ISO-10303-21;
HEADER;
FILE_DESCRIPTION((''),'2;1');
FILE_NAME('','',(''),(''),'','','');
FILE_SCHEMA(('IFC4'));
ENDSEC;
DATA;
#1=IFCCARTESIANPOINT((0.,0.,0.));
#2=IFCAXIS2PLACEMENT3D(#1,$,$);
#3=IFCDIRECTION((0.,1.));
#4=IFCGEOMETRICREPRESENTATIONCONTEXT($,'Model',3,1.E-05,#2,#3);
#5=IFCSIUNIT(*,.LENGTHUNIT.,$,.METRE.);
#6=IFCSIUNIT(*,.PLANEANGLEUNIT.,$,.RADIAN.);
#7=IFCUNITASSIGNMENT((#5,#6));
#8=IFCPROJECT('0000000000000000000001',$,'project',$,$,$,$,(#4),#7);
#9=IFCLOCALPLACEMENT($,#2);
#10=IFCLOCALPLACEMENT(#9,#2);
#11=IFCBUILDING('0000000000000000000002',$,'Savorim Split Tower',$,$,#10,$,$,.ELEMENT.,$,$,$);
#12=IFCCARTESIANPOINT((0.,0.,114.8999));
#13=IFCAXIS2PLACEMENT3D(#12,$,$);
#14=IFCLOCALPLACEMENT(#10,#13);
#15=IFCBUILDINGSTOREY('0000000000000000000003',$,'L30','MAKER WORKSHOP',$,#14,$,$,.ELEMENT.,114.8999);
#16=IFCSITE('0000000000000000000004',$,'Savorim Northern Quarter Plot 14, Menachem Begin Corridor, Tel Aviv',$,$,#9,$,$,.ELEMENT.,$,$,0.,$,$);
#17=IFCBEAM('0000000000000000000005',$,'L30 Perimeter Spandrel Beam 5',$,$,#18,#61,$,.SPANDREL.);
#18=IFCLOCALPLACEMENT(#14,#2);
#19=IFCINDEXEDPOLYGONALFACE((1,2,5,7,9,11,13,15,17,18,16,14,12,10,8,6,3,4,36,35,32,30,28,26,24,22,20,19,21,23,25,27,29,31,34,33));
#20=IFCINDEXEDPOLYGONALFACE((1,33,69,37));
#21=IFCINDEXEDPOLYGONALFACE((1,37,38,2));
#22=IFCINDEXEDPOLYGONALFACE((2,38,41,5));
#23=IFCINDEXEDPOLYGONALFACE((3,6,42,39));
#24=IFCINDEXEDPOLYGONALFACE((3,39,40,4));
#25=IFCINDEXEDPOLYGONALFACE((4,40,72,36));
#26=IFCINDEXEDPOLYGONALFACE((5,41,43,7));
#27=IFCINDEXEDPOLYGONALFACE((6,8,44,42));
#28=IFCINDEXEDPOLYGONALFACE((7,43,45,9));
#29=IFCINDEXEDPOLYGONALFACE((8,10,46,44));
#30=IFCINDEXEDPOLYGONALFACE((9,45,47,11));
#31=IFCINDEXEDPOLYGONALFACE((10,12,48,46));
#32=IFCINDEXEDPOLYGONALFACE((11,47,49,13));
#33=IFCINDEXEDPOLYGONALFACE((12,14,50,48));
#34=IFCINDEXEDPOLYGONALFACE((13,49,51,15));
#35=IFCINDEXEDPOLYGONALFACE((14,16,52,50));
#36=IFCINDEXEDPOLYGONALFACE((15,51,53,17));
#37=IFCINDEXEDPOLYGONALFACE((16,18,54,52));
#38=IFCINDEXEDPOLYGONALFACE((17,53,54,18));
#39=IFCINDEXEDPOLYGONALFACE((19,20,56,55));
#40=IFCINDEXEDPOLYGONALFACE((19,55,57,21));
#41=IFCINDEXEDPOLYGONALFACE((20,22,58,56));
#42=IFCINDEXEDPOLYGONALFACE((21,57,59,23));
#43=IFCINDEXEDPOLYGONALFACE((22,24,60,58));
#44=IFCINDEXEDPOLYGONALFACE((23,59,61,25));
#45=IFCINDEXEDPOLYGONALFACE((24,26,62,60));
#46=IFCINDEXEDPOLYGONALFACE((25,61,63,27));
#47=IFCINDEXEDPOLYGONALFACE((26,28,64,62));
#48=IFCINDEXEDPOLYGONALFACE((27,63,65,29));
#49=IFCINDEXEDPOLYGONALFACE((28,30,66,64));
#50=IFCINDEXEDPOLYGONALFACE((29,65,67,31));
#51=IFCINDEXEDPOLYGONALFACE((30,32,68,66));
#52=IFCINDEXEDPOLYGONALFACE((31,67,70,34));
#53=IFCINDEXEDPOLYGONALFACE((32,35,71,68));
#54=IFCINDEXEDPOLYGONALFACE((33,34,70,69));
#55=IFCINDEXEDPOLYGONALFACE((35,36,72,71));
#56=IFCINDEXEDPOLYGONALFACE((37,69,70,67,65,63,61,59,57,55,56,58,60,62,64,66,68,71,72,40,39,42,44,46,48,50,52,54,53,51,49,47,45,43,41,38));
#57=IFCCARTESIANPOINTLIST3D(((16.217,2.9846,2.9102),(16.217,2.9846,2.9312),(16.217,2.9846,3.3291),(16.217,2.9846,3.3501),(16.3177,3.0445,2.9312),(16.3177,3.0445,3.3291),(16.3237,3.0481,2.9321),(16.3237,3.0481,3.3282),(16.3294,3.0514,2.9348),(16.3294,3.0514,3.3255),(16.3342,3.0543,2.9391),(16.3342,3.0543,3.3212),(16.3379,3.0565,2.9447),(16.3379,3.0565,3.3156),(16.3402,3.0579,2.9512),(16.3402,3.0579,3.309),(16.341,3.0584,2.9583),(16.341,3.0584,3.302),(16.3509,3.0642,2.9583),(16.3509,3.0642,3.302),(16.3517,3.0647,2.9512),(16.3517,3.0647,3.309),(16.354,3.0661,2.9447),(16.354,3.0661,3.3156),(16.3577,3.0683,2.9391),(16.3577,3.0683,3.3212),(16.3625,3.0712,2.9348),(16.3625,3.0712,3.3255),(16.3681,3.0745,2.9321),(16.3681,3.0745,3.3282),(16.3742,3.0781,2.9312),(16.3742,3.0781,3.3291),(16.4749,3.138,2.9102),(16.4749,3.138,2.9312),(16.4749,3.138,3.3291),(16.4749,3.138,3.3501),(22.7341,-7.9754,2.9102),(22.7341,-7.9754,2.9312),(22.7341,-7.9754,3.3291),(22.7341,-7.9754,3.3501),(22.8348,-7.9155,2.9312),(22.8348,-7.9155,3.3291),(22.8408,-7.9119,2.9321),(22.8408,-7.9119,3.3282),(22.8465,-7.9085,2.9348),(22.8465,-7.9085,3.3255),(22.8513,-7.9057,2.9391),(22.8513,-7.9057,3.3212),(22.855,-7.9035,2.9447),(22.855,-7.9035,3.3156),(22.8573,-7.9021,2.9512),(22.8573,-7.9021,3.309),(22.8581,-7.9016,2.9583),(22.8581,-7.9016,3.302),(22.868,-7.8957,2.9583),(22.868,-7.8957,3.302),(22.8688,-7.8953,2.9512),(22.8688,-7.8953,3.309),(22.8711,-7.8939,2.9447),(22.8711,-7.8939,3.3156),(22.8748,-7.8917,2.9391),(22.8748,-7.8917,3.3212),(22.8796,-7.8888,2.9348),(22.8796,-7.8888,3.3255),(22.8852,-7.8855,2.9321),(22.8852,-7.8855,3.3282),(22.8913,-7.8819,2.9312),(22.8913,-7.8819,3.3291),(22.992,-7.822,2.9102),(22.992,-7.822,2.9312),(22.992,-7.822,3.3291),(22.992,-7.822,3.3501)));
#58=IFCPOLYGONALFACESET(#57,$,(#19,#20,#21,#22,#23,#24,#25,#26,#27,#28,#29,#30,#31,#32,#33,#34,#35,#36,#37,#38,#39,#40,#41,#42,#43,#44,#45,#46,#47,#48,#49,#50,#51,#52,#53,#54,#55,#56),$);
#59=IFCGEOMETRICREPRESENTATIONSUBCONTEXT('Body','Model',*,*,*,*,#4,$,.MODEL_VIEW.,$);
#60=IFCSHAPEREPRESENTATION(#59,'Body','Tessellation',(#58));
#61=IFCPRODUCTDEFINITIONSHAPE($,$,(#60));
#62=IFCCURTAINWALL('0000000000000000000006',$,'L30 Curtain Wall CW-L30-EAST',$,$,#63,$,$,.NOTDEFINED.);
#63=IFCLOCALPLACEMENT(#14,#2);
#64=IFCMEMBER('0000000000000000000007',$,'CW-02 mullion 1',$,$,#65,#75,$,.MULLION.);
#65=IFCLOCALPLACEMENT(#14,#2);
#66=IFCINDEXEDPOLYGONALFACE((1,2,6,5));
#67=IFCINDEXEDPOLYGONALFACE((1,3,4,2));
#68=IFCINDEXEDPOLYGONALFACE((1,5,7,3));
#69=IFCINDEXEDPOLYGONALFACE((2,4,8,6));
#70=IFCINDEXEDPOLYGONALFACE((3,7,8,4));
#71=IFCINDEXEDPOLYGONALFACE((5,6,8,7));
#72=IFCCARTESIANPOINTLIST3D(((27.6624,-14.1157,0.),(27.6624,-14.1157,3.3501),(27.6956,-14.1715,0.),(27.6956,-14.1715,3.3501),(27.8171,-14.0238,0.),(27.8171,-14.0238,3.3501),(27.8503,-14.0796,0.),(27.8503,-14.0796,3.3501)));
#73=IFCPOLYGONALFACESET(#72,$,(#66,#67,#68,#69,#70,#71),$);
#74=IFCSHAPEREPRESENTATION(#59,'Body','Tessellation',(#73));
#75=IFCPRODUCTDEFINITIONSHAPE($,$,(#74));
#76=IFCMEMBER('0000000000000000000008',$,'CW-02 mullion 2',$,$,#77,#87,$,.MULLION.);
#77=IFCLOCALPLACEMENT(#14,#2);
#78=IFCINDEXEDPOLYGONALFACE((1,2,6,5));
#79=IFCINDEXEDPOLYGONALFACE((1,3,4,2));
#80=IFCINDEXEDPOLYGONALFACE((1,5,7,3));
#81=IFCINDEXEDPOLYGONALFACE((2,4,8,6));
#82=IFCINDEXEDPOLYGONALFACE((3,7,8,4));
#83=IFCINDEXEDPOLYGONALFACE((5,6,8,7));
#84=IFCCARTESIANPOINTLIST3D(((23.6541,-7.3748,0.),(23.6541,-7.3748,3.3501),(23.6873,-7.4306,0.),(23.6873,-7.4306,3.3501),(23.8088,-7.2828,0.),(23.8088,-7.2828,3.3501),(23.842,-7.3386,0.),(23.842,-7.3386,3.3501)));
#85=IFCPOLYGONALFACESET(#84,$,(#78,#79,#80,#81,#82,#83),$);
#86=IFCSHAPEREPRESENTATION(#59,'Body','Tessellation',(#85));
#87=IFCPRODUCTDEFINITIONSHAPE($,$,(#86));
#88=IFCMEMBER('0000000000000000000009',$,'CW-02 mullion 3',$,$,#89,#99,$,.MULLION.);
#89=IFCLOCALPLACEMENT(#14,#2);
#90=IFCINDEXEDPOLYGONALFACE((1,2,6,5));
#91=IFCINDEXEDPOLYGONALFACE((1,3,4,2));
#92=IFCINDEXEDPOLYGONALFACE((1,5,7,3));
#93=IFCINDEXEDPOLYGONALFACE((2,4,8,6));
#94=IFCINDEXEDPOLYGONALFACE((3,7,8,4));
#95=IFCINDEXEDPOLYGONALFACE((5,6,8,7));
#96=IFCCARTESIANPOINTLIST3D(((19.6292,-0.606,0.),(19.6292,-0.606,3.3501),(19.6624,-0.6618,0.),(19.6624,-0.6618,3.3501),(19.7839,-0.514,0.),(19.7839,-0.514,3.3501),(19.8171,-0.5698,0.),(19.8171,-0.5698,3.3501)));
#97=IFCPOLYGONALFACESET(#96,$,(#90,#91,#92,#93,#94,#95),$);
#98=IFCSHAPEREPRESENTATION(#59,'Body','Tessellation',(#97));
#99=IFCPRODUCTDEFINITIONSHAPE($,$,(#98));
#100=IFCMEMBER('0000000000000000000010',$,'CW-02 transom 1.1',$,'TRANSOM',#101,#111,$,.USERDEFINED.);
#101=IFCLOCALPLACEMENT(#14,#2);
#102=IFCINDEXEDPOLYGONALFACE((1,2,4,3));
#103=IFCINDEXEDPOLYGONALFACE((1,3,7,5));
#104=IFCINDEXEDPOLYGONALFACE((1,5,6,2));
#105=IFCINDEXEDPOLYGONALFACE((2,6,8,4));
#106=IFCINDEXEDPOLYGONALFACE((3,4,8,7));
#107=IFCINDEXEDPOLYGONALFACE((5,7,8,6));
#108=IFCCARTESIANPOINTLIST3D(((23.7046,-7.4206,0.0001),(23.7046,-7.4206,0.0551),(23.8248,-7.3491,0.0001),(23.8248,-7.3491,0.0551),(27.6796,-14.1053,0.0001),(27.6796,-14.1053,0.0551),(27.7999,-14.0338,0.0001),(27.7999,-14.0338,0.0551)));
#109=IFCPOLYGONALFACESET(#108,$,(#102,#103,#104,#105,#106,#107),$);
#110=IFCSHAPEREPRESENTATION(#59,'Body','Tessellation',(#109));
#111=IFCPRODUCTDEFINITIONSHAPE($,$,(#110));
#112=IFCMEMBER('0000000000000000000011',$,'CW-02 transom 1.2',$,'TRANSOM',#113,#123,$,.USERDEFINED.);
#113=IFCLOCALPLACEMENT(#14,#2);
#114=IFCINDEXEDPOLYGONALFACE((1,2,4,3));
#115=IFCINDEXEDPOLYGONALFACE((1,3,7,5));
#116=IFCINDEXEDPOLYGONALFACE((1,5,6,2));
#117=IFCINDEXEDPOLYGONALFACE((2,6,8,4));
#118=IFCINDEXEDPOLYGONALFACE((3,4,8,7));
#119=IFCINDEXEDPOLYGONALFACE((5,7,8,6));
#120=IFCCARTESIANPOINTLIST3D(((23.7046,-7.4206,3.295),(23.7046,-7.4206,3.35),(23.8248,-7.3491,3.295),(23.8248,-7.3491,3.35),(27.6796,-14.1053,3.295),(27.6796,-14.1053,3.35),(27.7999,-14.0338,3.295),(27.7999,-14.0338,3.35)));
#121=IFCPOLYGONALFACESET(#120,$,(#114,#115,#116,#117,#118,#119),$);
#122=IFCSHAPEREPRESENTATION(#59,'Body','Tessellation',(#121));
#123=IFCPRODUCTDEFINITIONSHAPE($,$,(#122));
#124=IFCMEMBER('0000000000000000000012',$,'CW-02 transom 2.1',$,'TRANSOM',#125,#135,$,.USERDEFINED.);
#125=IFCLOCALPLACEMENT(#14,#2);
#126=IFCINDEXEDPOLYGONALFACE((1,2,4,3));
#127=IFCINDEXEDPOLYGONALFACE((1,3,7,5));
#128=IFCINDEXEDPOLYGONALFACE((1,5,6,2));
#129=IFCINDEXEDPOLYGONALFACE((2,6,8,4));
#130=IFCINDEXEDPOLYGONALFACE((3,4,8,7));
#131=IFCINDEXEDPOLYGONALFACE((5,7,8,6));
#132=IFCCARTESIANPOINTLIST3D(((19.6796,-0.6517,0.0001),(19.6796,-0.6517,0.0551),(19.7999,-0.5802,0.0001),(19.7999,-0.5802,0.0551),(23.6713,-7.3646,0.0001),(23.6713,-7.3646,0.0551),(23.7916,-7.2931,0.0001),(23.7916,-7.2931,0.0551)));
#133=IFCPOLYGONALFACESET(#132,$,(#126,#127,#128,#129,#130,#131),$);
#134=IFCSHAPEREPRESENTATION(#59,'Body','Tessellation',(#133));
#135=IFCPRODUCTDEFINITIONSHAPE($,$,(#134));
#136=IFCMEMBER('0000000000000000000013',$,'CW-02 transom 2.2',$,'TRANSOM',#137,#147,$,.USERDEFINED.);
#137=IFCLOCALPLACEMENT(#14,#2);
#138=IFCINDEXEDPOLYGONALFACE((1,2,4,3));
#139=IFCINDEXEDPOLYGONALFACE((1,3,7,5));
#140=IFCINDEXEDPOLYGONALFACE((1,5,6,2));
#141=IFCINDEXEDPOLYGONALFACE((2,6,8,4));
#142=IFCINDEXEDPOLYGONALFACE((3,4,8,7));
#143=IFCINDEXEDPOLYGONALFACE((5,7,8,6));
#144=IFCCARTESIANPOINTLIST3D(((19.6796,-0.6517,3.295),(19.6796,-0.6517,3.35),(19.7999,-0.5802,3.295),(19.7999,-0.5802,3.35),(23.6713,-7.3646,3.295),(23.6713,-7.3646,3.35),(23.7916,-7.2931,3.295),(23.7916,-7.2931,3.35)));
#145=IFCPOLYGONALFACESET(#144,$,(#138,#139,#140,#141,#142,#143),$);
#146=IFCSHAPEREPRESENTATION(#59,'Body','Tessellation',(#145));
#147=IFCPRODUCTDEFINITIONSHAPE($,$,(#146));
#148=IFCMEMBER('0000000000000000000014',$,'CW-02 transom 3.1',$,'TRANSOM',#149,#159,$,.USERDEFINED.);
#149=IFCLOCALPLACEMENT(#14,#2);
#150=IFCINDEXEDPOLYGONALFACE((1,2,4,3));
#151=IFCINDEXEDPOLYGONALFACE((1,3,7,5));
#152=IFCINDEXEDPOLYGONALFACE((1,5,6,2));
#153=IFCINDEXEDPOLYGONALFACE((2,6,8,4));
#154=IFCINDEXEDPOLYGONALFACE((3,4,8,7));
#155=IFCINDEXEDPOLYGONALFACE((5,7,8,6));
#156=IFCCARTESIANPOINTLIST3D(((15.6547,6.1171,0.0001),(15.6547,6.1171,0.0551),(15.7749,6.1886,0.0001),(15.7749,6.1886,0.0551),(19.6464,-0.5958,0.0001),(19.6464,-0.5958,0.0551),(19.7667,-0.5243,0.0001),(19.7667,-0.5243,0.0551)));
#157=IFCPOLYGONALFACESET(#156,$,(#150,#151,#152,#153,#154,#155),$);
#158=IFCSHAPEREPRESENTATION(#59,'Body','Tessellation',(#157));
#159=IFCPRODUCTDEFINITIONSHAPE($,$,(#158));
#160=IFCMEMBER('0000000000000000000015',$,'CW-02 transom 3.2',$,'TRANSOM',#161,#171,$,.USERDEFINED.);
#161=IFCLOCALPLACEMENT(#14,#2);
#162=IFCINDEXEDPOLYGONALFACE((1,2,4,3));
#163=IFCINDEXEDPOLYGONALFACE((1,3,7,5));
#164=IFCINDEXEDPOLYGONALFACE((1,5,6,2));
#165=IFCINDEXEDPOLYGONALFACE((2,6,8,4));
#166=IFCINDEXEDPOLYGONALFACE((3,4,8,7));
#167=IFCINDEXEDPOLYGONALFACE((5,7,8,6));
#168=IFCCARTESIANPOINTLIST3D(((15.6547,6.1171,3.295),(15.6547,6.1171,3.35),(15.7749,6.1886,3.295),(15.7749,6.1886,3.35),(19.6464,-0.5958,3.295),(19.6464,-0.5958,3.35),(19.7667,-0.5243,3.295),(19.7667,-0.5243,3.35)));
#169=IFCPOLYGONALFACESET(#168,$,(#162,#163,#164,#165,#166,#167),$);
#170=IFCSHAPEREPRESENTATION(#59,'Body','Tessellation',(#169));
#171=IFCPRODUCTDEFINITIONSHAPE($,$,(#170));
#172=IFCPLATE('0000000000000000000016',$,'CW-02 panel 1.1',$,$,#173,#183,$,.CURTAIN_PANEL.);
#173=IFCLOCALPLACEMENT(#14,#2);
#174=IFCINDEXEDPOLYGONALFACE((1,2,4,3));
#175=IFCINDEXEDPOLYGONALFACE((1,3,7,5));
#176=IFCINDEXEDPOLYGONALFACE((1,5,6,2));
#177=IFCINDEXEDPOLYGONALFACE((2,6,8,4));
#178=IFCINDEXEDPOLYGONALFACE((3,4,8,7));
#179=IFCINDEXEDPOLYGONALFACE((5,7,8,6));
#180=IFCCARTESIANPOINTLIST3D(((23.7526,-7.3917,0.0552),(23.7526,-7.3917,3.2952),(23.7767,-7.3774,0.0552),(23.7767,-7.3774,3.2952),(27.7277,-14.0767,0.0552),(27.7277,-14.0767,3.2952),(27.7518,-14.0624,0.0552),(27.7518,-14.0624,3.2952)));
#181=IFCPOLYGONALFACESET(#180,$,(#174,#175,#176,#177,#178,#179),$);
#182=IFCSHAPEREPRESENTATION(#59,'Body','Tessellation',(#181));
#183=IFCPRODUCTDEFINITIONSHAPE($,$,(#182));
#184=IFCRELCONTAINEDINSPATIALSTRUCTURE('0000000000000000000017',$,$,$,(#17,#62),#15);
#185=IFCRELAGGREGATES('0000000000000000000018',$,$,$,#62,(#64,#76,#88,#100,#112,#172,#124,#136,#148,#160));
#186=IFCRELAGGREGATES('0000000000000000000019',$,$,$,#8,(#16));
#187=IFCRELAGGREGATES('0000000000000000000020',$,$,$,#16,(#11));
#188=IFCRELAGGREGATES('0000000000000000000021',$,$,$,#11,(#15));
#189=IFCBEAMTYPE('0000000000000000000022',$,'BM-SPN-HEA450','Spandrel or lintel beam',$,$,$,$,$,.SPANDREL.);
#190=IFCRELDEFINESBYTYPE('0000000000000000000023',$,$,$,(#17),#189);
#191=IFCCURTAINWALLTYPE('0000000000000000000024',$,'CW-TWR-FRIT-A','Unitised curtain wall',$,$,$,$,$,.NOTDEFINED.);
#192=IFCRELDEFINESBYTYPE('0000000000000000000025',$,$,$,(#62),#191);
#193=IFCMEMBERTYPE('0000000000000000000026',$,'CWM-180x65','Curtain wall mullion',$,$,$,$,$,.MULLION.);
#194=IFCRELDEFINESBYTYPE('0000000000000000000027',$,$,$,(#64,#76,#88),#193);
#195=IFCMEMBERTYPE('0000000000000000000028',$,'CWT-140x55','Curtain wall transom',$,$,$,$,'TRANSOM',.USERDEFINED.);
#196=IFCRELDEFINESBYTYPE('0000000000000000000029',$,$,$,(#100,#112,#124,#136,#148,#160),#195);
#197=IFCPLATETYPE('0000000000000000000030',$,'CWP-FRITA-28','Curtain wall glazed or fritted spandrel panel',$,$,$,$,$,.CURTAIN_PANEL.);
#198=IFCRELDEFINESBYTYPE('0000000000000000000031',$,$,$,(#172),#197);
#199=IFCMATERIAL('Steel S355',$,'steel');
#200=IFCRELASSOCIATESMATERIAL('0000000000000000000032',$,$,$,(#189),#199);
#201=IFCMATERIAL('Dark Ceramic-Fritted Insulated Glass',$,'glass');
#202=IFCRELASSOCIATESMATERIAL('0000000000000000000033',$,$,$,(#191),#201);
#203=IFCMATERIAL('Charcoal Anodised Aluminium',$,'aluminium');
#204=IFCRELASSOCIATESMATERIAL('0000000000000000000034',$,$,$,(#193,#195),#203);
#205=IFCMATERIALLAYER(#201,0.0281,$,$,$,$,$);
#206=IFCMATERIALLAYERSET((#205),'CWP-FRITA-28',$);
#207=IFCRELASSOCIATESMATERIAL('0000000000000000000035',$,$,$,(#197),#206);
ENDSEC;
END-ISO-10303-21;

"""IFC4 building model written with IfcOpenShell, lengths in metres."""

from ifc_helpers import new_model, si_unit, direction, frame, origin, origin_2d, place, context, subcontext, project, spatial, rectangle, i_section, extrude, material, layer, layer_set, material_profile, profile_set, type_object, element, aggregate, save


model = new_model("IFC4")

# Units and contexts
model_context = context("Model", 3, precision=1e-05, world=origin(), true_north=direction((0.0, 1.0)))
body_context = subcontext(model_context, "Body", "Model", "MODEL_VIEW")
ifc_project = project(units=[si_unit("LENGTHUNIT", "METRE"), si_unit("PLANEANGLEUNIT", "RADIAN")], contexts=[model_context])

# Site, building, storey
site_placement = place(None, origin())
site = spatial("IfcSite", under=ifc_project, at=site_placement, Name="Savorim Northern Quarter Plot 14, Menachem Begin Corridor, Tel Aviv", CompositionType="ELEMENT", RefElevation=0.0)
building_placement = place(site_placement, origin())
building = spatial("IfcBuilding", under=site, at=building_placement, Name="Savorim Split Tower", CompositionType="ELEMENT")
storey_placement = place(building_placement, frame((0.0, 0.0, 114.8999)))
storey = spatial("IfcBuildingStorey", under=building, at=storey_placement, Name="L30", Description="MAKER WORKSHOP", CompositionType="ELEMENT", Elevation=114.8999)

# Beam
ifc_material_1 = material(Name="Steel S355", Category="steel")
ifc_material_profile_1 = material_profile(ifc_material_1, i_section(OverallWidth=0.3, OverallDepth=0.4399, WebThickness=0.0115, FlangeThickness=0.021, FilletRadius=0.0271, at=origin_2d()), Name="HEA 450")
ifc_profile_set_1 = profile_set([ifc_material_profile_1], Name="Steel S355")
beam_type_1 = type_object("IfcBeamType", Name="BM-SPN-HEA450", Description="Spandrel or lintel beam", PredefinedType="SPANDREL", material=ifc_profile_set_1)
beam_1_placement = place(storey_placement, frame((22.863, -7.8987, 3.1301), z_axis=(-0.511096, 0.859524, 0.0), x_axis=(-0.859524, -0.511096, 0.0)))
element("IfcBeam", 1, at=beam_1_placement, inside=storey, type_object=beam_type_1, Name="L30 Perimeter Spandrel Beam 5", PredefinedType="SPANDREL", context=body_context, shape_type="SweptSolid", body=[
    extrude(i_section(OverallWidth=0.3, OverallDepth=0.4399, WebThickness=0.0115, FlangeThickness=0.021, FilletRadius=0.0271, at=origin_2d()), origin(), (0.0, 0.0, 1.0), 12.7512),
])

# Curtain wall, members, plate
ifc_material_2 = material(Name="Dark Ceramic-Fritted Insulated Glass", Category="glass")
curtain_wall_type = type_object("IfcCurtainWallType", Name="CW-TWR-FRIT-A", Description="Unitised curtain wall", PredefinedType="NOTDEFINED", material=ifc_material_2)
curtain_wall_placement = place(storey_placement, origin())
curtain_wall = element("IfcCurtainWall", 2, at=curtain_wall_placement, inside=storey, type_object=curtain_wall_type, Name="L30 Curtain Wall CW-L30-EAST", PredefinedType="NOTDEFINED")
ifc_material_3 = material(Name="Charcoal Anodised Aluminium", Category="aluminium")
ifc_material_profile_2 = material_profile(ifc_material_3, rectangle(XDim=0.1799, YDim=0.0649, at=origin_2d()), Name="ALU-M 180x65")
ifc_profile_set_2 = profile_set([ifc_material_profile_2], Name="Charcoal Anodised Aluminium")
member_type_1 = type_object("IfcMemberType", Name="CWM-180x65", Description="Curtain wall mullion", PredefinedType="MULLION", material=ifc_profile_set_2)
member_1_placement = place(storey_placement, frame((27.7563, -14.0977, 0.0), z_axis=(0.0, 0.0, 1.0), x_axis=(-0.859525, -0.511093, 0.0)))
member_1 = element("IfcMember", 3, at=member_1_placement, type_object=member_type_1, Name="CW-02 mullion 1", PredefinedType="MULLION", context=body_context, shape_type="SweptSolid", body=[
    extrude(rectangle(XDim=0.1799, YDim=0.0649, at=origin_2d()), origin(), (0.0, 0.0, 1.0), 3.3501),
])
member_2_placement = place(storey_placement, frame((23.748, -7.3567, 0.0), z_axis=(0.0, 0.0, 1.0), x_axis=(-0.859525, -0.511093, 0.0)))
member_2 = element("IfcMember", 4, at=member_2_placement, type_object=member_type_1, Name="CW-02 mullion 2", PredefinedType="MULLION", context=body_context, shape_type="SweptSolid", body=[
    extrude(rectangle(XDim=0.1799, YDim=0.0649, at=origin_2d()), origin(), (0.0, 0.0, 1.0), 3.3501),
])
member_3_placement = place(storey_placement, frame((19.7231, -0.5879, 0.0), z_axis=(0.0, 0.0, 1.0), x_axis=(-0.859525, -0.511093, 0.0)))
member_3 = element("IfcMember", 5, at=member_3_placement, type_object=member_type_1, Name="CW-02 mullion 3", PredefinedType="MULLION", context=body_context, shape_type="SweptSolid", body=[
    extrude(rectangle(XDim=0.1799, YDim=0.0649, at=origin_2d()), origin(), (0.0, 0.0, 1.0), 3.3501),
])
ifc_material_profile_3 = material_profile(ifc_material_3, rectangle(XDim=0.1399, YDim=0.0549, at=origin_2d()), Name="ALU-T 140x55")
ifc_profile_set_3 = profile_set([ifc_material_profile_3], Name="Charcoal Anodised Aluminium")
member_type_2 = type_object("IfcMemberType", Name="CWT-140x55", Description="Curtain wall transom", ElementType="TRANSOM", PredefinedType="USERDEFINED", material=ifc_profile_set_3)
member_4_placement = place(storey_placement, frame((27.7397, -14.0696, 0.0276), z_axis=(-0.511108, 0.859517, 0.0), x_axis=(-0.859517, -0.511108, 0.0)))
member_4 = element("IfcMember", 6, at=member_4_placement, type_object=member_type_2, Name="CW-02 transom 1.1", ObjectType="TRANSOM", PredefinedType="USERDEFINED", context=body_context, shape_type="SweptSolid", body=[
    extrude(rectangle(XDim=0.1399, YDim=0.0549, at=origin_2d()), origin(), (0.0, 0.0, 1.0), 7.7773),
])
member_5_placement = place(storey_placement, frame((27.7397, -14.0696, 3.3225), z_axis=(-0.511108, 0.859517, 0.0), x_axis=(-0.859517, -0.511108, 0.0)))
member_5 = element("IfcMember", 7, at=member_5_placement, type_object=member_type_2, Name="CW-02 transom 1.2", ObjectType="TRANSOM", PredefinedType="USERDEFINED", context=body_context, shape_type="SweptSolid", body=[
    extrude(rectangle(XDim=0.1399, YDim=0.0549, at=origin_2d()), origin(), (0.0, 0.0, 1.0), 7.7773),
])
member_6_placement = place(storey_placement, frame((23.7314, -7.3289, 0.0276), z_axis=(-0.511099, 0.859522, 0.0), x_axis=(-0.859522, -0.511099, 0.0)))
member_6 = element("IfcMember", 8, at=member_6_placement, type_object=member_type_2, Name="CW-02 transom 2.1", ObjectType="TRANSOM", PredefinedType="USERDEFINED", context=body_context, shape_type="SweptSolid", body=[
    extrude(rectangle(XDim=0.1399, YDim=0.0549, at=origin_2d()), origin(), (0.0, 0.0, 1.0), 7.8101),
])
member_7_placement = place(storey_placement, frame((23.7314, -7.3289, 3.3225), z_axis=(-0.511099, 0.859522, 0.0), x_axis=(-0.859522, -0.511099, 0.0)))
member_7 = element("IfcMember", 9, at=member_7_placement, type_object=member_type_2, Name="CW-02 transom 2.2", ObjectType="TRANSOM", PredefinedType="USERDEFINED", context=body_context, shape_type="SweptSolid", body=[
    extrude(rectangle(XDim=0.1399, YDim=0.0549, at=origin_2d()), origin(), (0.0, 0.0, 1.0), 7.8101),
])
member_8_placement = place(storey_placement, frame((19.7065, -0.5601, 0.0276), z_axis=(-0.511099, 0.859522, 0.0), x_axis=(-0.859522, -0.511099, 0.0)))
member_8 = element("IfcMember", 10, at=member_8_placement, type_object=member_type_2, Name="CW-02 transom 3.1", ObjectType="TRANSOM", PredefinedType="USERDEFINED", context=body_context, shape_type="SweptSolid", body=[
    extrude(rectangle(XDim=0.1399, YDim=0.0549, at=origin_2d()), origin(), (0.0, 0.0, 1.0), 7.8101),
])
member_9_placement = place(storey_placement, frame((19.7065, -0.5601, 3.3225), z_axis=(-0.511099, 0.859522, 0.0), x_axis=(-0.859522, -0.511099, 0.0)))
member_9 = element("IfcMember", 11, at=member_9_placement, type_object=member_type_2, Name="CW-02 transom 3.2", ObjectType="TRANSOM", PredefinedType="USERDEFINED", context=body_context, shape_type="SweptSolid", body=[
    extrude(rectangle(XDim=0.1399, YDim=0.0549, at=origin_2d()), origin(), (0.0, 0.0, 1.0), 7.8101),
])
ifc_layer_1 = layer(ifc_material_2, 0.0281)
ifc_layer_set_1 = layer_set([ifc_layer_1], Name="CWP-FRITA-28")
plate_type = type_object("IfcPlateType", Name="CWP-FRITA-28", Description="Curtain wall glazed or fritted spandrel panel", PredefinedType="CURTAIN_PANEL", material=ifc_layer_set_1)
plate_1_placement = place(storey_placement, frame((25.7522, -10.7271, 0.0552), z_axis=(0.0, 0.0, 1.0), x_axis=(-0.511093, 0.859525, 0.0)))
plate_1 = element("IfcPlate", 12, at=plate_1_placement, type_object=plate_type, Name="CW-02 panel 1.1", PredefinedType="CURTAIN_PANEL", context=body_context, shape_type="SweptSolid", body=[
    extrude(rectangle(XDim=7.7776, YDim=0.0281, at=origin_2d()), origin(), (0.0, 0.0, 1.0), 3.24),
])
aggregate(curtain_wall, [member_1, member_2, member_3, member_4, member_5, plate_1, member_6, member_7, member_8, member_9])

save(model, "model.ifc")
